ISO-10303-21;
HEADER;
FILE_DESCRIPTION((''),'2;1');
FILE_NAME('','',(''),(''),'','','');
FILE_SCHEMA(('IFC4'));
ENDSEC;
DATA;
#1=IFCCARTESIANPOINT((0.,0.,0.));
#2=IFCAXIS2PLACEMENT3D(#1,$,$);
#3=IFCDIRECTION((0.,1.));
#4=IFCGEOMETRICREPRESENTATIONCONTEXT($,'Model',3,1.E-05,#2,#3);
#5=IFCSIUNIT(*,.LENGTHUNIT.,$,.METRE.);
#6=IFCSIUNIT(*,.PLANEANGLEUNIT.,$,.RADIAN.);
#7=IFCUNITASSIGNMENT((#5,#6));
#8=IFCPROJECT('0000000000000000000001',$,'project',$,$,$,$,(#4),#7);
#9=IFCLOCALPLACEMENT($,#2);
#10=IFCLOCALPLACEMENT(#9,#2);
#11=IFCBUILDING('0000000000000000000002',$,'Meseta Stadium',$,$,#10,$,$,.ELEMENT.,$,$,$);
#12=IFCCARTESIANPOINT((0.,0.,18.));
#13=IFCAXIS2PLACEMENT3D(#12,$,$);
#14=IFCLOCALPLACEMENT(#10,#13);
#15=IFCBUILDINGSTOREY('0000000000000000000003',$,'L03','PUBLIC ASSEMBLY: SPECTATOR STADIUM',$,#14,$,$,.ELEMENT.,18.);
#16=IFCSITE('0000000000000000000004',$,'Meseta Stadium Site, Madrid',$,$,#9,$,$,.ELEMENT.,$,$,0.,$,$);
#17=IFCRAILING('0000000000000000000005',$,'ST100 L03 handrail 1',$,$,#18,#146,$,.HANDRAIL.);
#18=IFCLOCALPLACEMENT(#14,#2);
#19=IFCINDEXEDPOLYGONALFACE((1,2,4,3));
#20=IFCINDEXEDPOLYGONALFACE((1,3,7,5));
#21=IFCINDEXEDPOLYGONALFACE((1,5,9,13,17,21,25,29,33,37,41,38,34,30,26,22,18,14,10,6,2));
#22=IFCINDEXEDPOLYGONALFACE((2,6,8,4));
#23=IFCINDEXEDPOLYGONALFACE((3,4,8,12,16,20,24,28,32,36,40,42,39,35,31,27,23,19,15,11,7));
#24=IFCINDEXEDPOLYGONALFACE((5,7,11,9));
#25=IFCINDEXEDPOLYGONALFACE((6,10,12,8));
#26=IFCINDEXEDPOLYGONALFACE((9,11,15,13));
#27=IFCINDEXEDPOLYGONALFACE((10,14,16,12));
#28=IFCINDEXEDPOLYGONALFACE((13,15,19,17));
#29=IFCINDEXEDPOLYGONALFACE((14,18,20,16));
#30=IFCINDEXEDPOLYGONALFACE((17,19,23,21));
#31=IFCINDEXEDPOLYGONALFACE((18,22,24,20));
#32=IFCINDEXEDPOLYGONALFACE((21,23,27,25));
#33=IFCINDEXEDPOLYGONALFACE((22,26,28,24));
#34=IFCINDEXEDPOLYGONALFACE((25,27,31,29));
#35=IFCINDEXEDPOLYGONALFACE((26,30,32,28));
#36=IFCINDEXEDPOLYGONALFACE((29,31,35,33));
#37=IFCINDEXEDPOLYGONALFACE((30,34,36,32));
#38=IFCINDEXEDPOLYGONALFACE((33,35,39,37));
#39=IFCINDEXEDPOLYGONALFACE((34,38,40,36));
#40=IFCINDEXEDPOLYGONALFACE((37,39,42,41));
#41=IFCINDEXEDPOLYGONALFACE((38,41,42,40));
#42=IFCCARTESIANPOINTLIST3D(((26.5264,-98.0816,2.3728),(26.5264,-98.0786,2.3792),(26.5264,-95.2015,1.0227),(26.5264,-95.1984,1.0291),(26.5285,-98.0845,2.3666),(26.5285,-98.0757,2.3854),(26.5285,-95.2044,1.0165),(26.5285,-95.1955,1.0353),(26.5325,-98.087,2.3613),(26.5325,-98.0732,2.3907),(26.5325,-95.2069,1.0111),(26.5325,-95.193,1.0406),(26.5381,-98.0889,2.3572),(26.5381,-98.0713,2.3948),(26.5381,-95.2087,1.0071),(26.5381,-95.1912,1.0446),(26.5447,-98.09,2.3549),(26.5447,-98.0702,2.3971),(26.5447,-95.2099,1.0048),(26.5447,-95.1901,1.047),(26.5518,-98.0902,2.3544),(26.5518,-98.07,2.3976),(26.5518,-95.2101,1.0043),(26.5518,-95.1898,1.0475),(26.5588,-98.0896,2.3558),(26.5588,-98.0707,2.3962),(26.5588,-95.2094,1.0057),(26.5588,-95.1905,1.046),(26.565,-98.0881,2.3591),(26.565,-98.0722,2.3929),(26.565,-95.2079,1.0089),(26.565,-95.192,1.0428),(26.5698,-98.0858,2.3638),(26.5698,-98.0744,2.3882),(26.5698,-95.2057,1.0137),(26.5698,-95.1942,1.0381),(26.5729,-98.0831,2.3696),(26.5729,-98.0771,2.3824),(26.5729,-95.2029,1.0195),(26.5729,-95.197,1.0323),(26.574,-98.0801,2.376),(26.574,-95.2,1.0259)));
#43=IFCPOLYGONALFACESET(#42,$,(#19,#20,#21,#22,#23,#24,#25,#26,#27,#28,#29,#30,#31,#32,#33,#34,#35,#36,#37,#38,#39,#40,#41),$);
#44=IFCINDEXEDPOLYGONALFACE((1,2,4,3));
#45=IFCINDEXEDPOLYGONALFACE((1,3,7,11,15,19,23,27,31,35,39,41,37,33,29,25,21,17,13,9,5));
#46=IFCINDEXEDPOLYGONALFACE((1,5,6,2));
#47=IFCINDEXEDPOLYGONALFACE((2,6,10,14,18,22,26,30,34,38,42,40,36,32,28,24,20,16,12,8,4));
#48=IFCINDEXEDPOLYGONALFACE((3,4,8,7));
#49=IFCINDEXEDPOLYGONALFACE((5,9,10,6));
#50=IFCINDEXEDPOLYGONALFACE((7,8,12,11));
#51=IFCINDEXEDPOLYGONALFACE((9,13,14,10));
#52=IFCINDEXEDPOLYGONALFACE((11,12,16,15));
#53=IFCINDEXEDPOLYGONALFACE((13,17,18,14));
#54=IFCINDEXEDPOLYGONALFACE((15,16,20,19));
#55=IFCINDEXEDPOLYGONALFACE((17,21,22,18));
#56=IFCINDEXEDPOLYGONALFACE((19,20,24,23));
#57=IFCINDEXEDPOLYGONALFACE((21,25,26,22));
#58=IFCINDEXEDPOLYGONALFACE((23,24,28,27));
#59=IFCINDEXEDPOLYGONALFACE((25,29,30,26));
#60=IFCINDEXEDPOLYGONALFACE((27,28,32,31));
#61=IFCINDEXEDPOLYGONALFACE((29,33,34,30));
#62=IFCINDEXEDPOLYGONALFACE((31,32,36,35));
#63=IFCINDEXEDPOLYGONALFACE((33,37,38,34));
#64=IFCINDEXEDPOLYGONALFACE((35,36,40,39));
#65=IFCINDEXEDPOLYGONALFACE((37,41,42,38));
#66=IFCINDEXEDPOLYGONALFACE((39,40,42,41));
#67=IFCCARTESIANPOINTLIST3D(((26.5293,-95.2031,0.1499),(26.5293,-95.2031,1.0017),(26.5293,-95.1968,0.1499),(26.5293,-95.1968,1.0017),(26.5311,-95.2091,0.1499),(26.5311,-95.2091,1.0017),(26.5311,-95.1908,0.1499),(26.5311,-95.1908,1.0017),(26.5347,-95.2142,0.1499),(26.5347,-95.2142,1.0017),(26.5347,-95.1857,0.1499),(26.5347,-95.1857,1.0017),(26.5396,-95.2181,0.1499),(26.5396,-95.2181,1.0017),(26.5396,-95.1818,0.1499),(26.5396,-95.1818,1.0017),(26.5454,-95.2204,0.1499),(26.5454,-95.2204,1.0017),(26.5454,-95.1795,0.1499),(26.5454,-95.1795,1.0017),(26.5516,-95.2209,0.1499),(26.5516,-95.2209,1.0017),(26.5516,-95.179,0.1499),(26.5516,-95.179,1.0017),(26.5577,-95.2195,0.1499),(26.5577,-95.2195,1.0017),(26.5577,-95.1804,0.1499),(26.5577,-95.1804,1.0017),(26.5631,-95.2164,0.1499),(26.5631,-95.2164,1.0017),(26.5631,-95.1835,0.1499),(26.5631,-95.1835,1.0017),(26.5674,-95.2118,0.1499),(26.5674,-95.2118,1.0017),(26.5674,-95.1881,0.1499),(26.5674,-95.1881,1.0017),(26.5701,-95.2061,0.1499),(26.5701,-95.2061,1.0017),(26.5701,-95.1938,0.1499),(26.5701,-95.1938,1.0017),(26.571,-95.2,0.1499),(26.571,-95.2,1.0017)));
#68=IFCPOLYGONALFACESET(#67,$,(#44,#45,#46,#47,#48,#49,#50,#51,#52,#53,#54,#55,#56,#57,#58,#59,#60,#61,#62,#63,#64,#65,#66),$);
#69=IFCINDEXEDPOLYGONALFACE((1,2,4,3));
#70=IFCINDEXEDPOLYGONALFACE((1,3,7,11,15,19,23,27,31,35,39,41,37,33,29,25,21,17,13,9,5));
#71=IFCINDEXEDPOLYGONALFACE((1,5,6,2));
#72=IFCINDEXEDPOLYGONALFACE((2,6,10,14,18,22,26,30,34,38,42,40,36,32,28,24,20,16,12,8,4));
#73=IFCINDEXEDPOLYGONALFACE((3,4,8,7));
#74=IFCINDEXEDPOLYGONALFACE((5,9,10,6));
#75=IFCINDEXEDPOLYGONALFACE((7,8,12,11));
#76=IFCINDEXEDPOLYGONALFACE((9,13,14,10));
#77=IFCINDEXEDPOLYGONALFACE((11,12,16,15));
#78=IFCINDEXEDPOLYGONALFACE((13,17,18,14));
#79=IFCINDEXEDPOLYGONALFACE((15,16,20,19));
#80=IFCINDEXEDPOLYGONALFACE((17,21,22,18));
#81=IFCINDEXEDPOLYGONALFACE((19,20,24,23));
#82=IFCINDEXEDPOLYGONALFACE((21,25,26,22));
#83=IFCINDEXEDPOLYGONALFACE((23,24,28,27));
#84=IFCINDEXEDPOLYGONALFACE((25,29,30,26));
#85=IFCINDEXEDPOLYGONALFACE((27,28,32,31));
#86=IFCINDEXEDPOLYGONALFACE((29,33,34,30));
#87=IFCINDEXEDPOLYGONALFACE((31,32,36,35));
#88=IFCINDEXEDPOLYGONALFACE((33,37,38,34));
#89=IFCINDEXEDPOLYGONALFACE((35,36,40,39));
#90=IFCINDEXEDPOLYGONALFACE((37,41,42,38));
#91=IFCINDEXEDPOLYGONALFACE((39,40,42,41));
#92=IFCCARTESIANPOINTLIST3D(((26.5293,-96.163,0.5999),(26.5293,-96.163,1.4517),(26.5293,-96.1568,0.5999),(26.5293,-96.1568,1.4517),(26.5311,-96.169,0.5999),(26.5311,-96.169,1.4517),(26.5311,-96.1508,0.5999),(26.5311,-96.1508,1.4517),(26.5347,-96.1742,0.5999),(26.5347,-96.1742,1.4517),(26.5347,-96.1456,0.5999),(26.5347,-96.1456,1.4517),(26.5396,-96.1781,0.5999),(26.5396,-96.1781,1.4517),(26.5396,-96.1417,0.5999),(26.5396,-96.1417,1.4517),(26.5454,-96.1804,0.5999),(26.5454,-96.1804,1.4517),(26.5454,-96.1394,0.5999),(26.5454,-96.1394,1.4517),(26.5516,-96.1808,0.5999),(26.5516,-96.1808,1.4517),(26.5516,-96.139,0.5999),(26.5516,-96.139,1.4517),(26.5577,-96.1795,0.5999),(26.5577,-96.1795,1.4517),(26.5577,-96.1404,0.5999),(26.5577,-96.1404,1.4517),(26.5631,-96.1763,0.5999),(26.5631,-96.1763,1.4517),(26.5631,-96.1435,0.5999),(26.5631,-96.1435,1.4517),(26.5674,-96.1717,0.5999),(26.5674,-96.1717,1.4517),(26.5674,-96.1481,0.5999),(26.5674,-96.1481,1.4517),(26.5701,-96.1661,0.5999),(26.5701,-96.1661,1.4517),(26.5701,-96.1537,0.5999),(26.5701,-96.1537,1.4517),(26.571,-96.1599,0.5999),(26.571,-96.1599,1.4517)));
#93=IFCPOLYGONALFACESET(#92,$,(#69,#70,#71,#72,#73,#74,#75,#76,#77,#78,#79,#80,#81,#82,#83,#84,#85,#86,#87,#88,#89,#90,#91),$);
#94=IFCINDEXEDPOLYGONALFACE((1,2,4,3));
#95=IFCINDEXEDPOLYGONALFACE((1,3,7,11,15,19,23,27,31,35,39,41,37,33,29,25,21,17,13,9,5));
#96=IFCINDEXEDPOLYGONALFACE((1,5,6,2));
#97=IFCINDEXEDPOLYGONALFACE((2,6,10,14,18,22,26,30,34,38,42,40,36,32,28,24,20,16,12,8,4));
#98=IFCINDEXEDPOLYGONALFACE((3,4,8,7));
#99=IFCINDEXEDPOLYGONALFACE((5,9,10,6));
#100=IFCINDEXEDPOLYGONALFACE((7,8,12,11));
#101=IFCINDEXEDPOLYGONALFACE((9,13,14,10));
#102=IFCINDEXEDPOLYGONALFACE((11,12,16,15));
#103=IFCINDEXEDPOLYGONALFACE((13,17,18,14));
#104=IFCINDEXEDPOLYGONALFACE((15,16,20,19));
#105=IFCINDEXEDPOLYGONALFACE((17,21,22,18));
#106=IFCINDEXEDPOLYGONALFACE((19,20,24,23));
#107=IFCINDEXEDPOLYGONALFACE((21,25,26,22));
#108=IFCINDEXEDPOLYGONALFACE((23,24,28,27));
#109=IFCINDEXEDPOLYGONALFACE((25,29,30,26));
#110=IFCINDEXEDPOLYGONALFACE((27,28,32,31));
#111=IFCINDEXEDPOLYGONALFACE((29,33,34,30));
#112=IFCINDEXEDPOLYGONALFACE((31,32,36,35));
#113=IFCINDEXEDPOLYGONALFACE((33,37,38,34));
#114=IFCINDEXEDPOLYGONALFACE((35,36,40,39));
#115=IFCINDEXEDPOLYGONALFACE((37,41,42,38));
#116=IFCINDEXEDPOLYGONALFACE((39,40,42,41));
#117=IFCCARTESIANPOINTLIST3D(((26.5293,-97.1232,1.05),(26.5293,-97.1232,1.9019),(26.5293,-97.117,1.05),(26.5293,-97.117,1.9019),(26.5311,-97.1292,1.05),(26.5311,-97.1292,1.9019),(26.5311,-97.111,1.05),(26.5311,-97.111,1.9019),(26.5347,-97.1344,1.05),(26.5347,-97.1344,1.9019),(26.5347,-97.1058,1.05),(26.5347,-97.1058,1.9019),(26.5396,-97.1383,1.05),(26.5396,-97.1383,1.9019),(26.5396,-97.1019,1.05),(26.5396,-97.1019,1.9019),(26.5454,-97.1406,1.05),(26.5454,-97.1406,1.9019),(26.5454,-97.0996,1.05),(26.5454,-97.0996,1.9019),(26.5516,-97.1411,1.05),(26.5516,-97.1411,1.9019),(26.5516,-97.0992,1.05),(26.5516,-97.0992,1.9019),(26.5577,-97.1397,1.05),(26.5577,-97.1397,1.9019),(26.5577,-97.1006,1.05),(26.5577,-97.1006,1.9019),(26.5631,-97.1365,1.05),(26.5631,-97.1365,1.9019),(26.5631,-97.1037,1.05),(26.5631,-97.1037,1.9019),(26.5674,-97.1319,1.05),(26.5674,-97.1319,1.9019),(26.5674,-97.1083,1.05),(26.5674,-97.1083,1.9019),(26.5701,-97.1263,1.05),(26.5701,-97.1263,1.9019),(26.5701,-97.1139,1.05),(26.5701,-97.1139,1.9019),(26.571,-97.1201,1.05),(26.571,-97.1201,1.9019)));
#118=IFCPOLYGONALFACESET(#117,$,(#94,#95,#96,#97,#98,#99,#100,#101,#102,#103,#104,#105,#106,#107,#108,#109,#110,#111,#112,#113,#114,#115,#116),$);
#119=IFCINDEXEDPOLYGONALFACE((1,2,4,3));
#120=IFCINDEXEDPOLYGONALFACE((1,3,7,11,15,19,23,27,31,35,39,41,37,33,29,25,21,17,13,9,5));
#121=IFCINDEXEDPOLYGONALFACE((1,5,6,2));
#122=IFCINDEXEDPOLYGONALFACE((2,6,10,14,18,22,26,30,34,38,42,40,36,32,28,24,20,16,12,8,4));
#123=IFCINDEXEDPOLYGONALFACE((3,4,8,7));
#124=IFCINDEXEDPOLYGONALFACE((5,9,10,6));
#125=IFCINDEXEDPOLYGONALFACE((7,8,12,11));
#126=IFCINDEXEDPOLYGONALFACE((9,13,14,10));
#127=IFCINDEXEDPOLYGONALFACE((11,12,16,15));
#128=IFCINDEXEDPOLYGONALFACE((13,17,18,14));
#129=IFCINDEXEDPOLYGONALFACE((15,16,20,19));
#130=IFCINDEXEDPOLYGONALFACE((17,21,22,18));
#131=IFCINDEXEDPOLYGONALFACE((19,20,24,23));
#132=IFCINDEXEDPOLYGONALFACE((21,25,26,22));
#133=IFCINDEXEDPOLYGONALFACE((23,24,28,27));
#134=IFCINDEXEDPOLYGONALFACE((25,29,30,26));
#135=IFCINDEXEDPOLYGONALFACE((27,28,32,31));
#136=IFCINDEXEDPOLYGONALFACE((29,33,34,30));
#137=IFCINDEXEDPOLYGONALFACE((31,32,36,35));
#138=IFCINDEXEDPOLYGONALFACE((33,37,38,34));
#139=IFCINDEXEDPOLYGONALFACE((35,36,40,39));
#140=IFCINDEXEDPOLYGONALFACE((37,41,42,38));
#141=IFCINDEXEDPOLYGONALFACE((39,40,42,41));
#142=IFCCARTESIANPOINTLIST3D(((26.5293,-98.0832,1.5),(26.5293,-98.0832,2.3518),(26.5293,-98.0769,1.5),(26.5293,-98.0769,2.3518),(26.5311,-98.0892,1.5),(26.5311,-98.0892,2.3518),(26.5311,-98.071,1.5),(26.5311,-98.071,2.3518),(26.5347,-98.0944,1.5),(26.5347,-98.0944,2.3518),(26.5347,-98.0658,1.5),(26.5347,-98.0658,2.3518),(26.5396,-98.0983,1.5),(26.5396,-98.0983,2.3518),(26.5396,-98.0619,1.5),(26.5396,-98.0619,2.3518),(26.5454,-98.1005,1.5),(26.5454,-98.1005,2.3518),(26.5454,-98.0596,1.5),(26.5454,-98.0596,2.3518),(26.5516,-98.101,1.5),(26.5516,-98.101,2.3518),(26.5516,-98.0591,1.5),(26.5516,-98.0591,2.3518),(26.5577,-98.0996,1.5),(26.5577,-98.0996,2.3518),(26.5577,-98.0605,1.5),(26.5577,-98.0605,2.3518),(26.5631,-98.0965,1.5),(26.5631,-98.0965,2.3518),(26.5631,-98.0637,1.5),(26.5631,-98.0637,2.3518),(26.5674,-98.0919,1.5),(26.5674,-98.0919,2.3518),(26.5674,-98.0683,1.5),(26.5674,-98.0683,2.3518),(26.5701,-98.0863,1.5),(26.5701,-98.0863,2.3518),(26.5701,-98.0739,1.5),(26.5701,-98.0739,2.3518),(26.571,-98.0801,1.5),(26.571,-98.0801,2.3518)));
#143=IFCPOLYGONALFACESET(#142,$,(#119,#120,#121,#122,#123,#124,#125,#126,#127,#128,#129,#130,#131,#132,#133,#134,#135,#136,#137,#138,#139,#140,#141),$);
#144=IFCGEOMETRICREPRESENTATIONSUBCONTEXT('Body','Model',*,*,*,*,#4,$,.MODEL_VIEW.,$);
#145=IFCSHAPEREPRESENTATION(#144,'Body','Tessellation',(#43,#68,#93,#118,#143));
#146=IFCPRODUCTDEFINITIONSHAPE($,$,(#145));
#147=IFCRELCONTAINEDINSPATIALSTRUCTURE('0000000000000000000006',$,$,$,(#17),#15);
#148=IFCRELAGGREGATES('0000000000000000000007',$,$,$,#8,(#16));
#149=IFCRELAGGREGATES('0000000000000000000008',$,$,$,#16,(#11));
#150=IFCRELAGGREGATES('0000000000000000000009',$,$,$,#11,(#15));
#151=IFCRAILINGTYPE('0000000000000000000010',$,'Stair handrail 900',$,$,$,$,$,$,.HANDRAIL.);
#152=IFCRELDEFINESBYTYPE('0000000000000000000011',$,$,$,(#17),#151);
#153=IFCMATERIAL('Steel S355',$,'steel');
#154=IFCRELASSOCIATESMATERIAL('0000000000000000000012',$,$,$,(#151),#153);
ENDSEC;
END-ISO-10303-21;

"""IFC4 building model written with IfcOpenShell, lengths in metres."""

from ifc_helpers import new_model, si_unit, direction, frame, origin, origin_2d, place, context, subcontext, project, spatial, circle, extrude, material, type_object, element, save


model = new_model("IFC4")

# Units and contexts
model_context = context("Model", 3, precision=1e-05, world=origin(), true_north=direction((0.0, 1.0)))
body_context = subcontext(model_context, "Body", "Model", "MODEL_VIEW")
ifc_project = project(units=[si_unit("LENGTHUNIT", "METRE"), si_unit("PLANEANGLEUNIT", "RADIAN")], contexts=[model_context])

# Site, building, storey
site_placement = place(None, origin())
site = spatial("IfcSite", under=ifc_project, at=site_placement, Name="Meseta Stadium Site, Madrid", CompositionType="ELEMENT", RefElevation=0.0)
building_placement = place(site_placement, origin())
building = spatial("IfcBuilding", under=site, at=building_placement, Name="Meseta Stadium", CompositionType="ELEMENT")
storey_placement = place(building_placement, frame((0.0, 0.0, 18.0)))
storey = spatial("IfcBuildingStorey", under=building, at=storey_placement, Name="L03", Description="PUBLIC ASSEMBLY: SPECTATOR STADIUM", CompositionType="ELEMENT", Elevation=18.0)

# Railing
ifc_material_1 = material(Name="Steel S355", Category="steel")
railing_type_1 = type_object("IfcRailingType", Name="Stair handrail 900", PredefinedType="HANDRAIL", material=ifc_material_1)
for number, where, name in (
    (1, (26.55, -95.2, 0.1499), "ST100 L03 handrail 1"),
):
    element("IfcRailing", number, at=place(storey_placement, frame(where)), inside=storey, type_object=railing_type_1, Name=name, PredefinedType="HANDRAIL", context=body_context, shape_type="SweptSolid", body=[
        extrude(circle(Radius=0.0239, at=origin_2d()), frame((0.0, 0.0, 0.876), z_axis=(0.0, -0.905454, 0.424444), x_axis=(1.0, 0.0, 0.0)), (0.0, 0.0, 1.0), 3.1809),
        extrude(circle(Radius=0.021, at=origin_2d()), origin(), (0.0, 0.0, 1.0), 0.8518),
        extrude(circle(Radius=0.021, at=origin_2d()), frame((0.0, -0.96, 0.45)), (0.0, 0.0, 1.0), 0.8518),
        extrude(circle(Radius=0.021, at=origin_2d()), frame((0.0, -1.9202, 0.9001)), (0.0, 0.0, 1.0), 0.8518),
        extrude(circle(Radius=0.021, at=origin_2d()), frame((0.0, -2.8801, 1.3501)), (0.0, 0.0, 1.0), 0.8518),
    ])

save(model, "model.ifc")
